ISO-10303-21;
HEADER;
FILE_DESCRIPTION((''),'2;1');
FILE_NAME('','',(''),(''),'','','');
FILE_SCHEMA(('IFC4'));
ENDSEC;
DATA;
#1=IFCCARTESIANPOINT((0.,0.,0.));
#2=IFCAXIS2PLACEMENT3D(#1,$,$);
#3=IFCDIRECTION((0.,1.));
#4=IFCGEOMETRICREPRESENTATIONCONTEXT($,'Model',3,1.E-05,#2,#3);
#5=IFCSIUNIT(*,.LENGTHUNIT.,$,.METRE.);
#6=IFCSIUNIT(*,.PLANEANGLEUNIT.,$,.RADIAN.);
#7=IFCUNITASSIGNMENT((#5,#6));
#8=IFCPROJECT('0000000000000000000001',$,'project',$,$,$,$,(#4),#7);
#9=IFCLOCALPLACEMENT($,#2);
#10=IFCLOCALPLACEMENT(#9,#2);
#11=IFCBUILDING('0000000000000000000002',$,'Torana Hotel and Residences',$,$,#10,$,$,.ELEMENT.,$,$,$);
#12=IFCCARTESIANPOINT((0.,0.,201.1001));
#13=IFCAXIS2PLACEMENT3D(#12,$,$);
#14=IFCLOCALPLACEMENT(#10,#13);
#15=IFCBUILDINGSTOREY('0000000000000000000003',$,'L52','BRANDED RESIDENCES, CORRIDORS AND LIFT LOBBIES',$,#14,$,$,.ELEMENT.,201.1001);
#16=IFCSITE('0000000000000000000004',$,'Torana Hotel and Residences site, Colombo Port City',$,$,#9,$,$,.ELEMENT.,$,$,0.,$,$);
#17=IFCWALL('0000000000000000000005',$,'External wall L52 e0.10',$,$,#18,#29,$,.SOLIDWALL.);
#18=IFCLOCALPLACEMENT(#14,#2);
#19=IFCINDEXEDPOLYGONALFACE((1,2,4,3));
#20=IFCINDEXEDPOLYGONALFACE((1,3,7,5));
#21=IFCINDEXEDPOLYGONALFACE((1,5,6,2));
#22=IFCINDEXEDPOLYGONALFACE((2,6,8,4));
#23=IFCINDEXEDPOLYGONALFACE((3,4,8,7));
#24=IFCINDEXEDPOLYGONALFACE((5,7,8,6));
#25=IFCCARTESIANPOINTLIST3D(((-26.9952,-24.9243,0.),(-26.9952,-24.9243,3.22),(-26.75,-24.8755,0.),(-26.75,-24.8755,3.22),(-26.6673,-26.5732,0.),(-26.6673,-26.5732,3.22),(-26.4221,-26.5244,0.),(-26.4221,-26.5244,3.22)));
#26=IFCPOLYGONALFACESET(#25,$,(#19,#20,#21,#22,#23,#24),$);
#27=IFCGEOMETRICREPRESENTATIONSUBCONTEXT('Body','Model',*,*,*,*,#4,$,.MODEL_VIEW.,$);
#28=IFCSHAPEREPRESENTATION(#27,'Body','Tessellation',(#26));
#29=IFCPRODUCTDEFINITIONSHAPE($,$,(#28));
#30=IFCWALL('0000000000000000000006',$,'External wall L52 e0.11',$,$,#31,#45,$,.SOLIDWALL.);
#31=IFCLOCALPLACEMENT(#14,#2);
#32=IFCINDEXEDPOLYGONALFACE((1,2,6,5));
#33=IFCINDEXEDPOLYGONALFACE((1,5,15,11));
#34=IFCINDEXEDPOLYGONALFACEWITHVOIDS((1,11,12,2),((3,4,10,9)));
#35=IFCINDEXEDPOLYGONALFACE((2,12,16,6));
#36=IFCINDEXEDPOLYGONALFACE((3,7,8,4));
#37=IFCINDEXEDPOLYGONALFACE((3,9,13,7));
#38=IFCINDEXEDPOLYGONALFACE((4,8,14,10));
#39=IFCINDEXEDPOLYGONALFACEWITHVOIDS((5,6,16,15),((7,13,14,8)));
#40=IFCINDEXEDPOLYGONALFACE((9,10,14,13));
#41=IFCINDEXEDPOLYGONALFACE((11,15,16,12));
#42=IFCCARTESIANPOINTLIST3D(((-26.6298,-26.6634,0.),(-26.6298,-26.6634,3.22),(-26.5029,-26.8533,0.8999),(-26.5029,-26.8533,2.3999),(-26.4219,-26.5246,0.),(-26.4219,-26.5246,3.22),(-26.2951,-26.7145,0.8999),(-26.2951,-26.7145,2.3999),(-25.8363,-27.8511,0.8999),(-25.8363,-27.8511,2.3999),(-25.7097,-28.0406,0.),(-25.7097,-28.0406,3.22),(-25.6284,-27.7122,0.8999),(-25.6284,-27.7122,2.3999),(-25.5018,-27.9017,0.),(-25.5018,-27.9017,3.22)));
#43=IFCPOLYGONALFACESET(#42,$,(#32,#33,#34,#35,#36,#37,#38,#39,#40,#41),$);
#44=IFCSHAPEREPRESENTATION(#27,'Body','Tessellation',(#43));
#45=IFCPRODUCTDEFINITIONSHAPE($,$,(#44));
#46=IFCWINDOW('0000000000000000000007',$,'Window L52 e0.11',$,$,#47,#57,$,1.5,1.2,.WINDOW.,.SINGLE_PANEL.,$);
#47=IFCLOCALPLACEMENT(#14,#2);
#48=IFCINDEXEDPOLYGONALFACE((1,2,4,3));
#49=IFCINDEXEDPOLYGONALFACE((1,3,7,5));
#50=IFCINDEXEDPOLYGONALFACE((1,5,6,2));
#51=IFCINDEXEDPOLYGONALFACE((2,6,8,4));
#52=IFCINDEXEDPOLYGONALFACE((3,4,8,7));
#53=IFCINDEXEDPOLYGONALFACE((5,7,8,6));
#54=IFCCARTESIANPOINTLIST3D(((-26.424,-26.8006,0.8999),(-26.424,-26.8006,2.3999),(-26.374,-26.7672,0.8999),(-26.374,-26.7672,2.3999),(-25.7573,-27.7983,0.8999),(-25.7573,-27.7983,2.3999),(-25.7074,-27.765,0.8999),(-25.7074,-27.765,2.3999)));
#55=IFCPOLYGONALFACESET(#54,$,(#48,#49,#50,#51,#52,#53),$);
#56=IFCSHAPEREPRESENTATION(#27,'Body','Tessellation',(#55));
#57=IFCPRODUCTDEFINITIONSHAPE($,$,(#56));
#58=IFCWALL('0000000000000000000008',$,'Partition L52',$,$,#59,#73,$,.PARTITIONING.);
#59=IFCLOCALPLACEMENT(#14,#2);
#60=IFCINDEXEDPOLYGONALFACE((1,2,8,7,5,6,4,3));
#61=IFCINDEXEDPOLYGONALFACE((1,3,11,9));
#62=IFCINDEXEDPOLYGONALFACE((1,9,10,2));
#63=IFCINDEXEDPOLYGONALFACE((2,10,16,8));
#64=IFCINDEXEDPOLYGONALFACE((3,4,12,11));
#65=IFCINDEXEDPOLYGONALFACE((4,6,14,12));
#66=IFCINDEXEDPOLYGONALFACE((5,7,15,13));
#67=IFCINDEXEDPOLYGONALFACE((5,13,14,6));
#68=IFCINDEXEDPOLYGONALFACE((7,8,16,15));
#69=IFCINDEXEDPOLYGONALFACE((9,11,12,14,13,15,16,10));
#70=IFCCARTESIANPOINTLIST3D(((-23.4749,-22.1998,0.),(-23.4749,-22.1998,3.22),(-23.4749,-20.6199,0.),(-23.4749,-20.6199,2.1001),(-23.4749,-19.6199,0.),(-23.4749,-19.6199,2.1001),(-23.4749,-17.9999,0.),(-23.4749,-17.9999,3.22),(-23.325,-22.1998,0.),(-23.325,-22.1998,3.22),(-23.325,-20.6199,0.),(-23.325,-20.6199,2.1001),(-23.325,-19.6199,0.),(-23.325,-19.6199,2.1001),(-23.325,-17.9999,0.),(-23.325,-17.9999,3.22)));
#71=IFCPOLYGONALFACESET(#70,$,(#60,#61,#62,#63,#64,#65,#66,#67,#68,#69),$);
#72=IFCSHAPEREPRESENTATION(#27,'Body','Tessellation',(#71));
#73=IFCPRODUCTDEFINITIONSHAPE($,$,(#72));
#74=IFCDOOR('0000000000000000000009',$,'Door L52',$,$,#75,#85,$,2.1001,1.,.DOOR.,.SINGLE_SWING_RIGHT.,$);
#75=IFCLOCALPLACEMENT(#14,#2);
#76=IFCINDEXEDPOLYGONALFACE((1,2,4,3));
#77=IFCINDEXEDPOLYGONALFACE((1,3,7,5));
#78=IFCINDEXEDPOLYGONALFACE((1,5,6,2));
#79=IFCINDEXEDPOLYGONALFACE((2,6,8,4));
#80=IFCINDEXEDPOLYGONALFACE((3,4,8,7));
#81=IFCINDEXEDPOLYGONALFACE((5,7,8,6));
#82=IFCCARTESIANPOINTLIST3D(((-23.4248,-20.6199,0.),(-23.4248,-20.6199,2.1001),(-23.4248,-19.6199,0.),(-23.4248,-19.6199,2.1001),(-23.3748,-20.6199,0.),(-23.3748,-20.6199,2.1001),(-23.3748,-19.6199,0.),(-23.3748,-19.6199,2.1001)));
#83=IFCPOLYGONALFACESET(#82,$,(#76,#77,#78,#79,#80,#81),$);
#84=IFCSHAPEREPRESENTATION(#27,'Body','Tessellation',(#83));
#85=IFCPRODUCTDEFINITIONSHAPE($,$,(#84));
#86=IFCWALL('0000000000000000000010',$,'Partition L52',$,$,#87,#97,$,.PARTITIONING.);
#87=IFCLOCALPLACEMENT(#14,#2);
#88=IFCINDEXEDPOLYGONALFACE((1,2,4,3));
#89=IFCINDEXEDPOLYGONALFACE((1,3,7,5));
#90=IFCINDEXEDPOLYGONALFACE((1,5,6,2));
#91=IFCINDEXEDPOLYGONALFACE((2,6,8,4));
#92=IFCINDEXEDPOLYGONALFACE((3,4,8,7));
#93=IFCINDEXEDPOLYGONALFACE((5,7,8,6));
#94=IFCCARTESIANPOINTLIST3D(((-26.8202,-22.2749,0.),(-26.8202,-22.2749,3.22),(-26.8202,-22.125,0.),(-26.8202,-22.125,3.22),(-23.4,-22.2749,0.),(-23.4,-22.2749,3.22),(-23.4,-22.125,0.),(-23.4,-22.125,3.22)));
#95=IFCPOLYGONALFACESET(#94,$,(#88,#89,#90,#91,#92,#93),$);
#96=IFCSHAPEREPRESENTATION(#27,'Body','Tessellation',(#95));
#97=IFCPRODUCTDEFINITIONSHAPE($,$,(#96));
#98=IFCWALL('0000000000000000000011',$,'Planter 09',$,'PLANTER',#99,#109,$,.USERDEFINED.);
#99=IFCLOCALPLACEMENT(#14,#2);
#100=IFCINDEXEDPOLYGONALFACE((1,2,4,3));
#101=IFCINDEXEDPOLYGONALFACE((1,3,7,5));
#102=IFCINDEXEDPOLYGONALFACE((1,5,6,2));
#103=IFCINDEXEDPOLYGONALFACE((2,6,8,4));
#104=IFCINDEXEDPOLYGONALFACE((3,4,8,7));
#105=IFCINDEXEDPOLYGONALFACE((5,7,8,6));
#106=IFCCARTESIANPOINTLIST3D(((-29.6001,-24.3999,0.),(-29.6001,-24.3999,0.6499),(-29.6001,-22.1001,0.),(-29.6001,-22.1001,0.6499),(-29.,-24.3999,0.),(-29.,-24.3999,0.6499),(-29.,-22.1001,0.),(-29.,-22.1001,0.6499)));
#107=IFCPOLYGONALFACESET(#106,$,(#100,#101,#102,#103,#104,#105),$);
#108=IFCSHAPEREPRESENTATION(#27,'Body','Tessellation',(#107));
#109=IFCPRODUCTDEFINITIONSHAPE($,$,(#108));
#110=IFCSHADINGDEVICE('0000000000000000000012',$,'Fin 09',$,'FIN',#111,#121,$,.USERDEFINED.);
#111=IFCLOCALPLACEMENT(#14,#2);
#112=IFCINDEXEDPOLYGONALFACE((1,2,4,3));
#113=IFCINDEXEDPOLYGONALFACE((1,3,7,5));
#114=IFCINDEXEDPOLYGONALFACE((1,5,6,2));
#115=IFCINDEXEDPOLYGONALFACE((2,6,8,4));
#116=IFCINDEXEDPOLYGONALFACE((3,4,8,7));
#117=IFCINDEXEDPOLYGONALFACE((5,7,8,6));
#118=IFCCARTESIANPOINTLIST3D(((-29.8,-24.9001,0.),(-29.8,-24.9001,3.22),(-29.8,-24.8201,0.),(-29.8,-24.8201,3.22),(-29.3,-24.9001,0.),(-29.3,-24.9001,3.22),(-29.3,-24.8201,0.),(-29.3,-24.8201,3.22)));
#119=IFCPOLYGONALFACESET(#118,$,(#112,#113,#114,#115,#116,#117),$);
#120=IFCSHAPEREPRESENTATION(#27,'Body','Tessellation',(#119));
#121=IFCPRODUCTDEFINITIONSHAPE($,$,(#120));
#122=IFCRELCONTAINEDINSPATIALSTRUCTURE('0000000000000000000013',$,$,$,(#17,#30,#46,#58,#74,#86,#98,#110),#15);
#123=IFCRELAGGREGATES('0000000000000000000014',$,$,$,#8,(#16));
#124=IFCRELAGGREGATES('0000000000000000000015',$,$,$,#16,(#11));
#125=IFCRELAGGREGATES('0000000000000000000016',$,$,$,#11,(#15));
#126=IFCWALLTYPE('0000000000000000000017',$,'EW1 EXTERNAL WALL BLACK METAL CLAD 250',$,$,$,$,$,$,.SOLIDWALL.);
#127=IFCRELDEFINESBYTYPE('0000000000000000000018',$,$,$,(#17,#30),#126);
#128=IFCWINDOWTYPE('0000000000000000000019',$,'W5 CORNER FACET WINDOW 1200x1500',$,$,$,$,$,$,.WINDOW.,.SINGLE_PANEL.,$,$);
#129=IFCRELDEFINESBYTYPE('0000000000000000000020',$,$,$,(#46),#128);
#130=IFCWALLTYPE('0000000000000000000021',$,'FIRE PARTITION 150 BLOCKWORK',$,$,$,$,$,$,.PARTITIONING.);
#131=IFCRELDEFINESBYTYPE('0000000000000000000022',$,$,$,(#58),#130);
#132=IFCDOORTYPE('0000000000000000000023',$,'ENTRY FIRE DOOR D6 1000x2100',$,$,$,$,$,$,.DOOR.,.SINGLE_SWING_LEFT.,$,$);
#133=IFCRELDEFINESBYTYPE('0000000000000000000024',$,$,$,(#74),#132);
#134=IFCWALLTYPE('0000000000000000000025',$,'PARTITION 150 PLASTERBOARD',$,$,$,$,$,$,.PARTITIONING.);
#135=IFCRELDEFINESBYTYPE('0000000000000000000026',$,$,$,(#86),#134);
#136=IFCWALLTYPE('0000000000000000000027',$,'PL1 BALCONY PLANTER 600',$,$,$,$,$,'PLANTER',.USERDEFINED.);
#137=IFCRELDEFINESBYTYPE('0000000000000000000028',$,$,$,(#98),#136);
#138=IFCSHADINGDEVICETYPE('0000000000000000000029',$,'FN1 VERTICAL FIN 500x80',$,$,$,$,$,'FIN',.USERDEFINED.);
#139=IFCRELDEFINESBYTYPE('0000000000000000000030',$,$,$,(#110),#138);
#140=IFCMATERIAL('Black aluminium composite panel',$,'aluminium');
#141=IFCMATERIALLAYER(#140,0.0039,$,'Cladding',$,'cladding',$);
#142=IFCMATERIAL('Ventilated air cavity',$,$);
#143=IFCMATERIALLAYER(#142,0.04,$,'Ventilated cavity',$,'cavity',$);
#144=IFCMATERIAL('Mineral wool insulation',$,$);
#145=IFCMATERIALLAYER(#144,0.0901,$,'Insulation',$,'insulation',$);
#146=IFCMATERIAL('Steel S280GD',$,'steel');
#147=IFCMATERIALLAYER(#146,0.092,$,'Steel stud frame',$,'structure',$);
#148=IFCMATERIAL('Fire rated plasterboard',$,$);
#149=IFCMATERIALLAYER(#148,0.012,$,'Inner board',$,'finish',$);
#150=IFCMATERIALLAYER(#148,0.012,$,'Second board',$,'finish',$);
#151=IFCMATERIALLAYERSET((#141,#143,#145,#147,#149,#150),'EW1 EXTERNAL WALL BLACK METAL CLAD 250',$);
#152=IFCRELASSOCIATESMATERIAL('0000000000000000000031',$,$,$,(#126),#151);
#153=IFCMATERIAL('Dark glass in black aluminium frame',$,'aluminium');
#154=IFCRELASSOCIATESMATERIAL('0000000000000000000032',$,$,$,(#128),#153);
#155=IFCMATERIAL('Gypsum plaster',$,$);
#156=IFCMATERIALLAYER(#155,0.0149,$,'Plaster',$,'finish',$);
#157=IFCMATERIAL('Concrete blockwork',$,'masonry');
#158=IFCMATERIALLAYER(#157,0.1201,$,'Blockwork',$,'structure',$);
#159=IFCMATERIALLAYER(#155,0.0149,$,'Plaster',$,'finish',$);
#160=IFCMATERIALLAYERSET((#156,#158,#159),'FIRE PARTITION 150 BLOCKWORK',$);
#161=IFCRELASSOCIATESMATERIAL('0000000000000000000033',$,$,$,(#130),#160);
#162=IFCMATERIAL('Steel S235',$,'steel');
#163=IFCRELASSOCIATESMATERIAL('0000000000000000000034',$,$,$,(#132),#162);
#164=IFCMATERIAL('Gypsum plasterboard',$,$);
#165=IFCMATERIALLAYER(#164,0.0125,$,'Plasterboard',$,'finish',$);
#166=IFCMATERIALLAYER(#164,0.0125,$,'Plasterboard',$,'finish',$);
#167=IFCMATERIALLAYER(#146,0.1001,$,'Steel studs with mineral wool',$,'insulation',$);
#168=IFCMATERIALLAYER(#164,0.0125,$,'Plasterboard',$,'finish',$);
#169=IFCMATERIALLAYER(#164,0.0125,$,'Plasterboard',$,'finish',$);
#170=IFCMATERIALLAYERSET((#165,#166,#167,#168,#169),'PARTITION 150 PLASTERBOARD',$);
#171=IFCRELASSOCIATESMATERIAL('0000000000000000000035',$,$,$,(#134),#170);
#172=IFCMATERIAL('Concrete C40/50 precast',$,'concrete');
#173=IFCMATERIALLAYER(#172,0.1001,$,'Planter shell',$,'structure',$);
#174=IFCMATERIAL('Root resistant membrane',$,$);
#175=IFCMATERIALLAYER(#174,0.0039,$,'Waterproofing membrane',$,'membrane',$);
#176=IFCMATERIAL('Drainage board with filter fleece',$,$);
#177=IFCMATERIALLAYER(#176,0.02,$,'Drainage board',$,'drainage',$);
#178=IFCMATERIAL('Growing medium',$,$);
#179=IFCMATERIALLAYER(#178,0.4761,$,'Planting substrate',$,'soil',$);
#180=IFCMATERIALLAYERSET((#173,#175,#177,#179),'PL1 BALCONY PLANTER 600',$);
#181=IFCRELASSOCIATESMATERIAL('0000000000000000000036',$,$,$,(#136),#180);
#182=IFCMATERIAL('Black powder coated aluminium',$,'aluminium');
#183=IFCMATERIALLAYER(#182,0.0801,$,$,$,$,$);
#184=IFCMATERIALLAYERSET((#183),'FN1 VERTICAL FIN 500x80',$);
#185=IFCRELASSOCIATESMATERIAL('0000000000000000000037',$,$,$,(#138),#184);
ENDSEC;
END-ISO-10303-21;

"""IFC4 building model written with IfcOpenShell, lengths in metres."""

from ifc_helpers import new_model, si_unit, direction, frame, frame_2d, origin, origin_2d, place, context, subcontext, project, spatial, rectangle, extrude, material, layer, layer_set, type_object, element, fill, save


model = new_model("IFC4")

# Units and contexts
model_context = context("Model", 3, precision=1e-05, world=origin(), true_north=direction((0.0, 1.0)))
body_context = subcontext(model_context, "Body", "Model", "MODEL_VIEW")
ifc_project = project(units=[si_unit("LENGTHUNIT", "METRE"), si_unit("PLANEANGLEUNIT", "RADIAN")], contexts=[model_context])

# Site, building, storey
site_placement = place(None, origin())
site = spatial("IfcSite", under=ifc_project, at=site_placement, Name="Torana Hotel and Residences site, Colombo Port City", CompositionType="ELEMENT", RefElevation=0.0)
building_placement = place(site_placement, origin())
building = spatial("IfcBuilding", under=site, at=building_placement, Name="Torana Hotel and Residences", CompositionType="ELEMENT")
storey_placement = place(building_placement, frame((0.0, 0.0, 201.1001)))
storey = spatial("IfcBuildingStorey", under=building, at=storey_placement, Name="L52", Description="BRANDED RESIDENCES, CORRIDORS AND LIFT LOBBIES", CompositionType="ELEMENT", Elevation=201.1001)

# Wall
ifc_material_1 = material(Name="Black aluminium composite panel", Category="aluminium")
ifc_layer_1 = layer(ifc_material_1, 0.0039, Name="Cladding", Category="cladding")
ifc_material_2 = material(Name="Ventilated air cavity")
ifc_layer_2 = layer(ifc_material_2, 0.04, Name="Ventilated cavity", Category="cavity")
ifc_material_3 = material(Name="Mineral wool insulation")
ifc_layer_3 = layer(ifc_material_3, 0.0901, Name="Insulation", Category="insulation")
ifc_material_4 = material(Name="Steel S280GD", Category="steel")
ifc_layer_4 = layer(ifc_material_4, 0.092, Name="Steel stud frame", Category="structure")
ifc_material_5 = material(Name="Fire rated plasterboard")
ifc_layer_5 = layer(ifc_material_5, 0.012, Name="Inner board", Category="finish")
ifc_layer_6 = layer(ifc_material_5, 0.012, Name="Second board", Category="finish")
ifc_layer_set_1 = layer_set([ifc_layer_1, ifc_layer_2, ifc_layer_3, ifc_layer_4, ifc_layer_5, ifc_layer_6], Name="EW1 EXTERNAL WALL BLACK METAL CLAD 250")
wall_type_1 = type_object("IfcWallType", Name="EW1 EXTERNAL WALL BLACK METAL CLAD 250", PredefinedType="SOLIDWALL", material=ifc_layer_set_1)
wall_1_placement = place(storey_placement, frame((-26.8726, -24.8999, 0.0), z_axis=(0.0, 0.0, 1.0), x_axis=(0.195027, -0.980798, 0.0)))
element("IfcWall", 1, at=wall_1_placement, inside=storey, type_object=wall_type_1, Name="External wall L52 e0.10", PredefinedType="SOLIDWALL", context=body_context, shape_type="SweptSolid", body=[
    extrude(rectangle(XDim=1.6812, YDim=0.25, at=frame_2d((0.8406, 0.0))), origin(), (0.0, 0.0, 1.0), 3.22),
])

# Wall, opening, window
wall_2_placement = place(storey_placement, frame((-26.5259, -26.594, 0.0), z_axis=(0.0, 0.0, 1.0), x_axis=(0.55555, -0.831483, 0.0)))
wall_2 = element("IfcWall", 2, at=wall_2_placement, inside=storey, type_object=wall_type_1, Name="External wall L52 e0.11", PredefinedType="SOLIDWALL", context=body_context, shape_type="SweptSolid", body=[
    extrude(rectangle(XDim=1.6562, YDim=0.25, at=frame_2d((0.8281, 0.0))), origin(), (0.0, 0.0, 1.0), 3.22),
])
opening_1_placement = place(wall_2_placement, frame((0.2283, 0.0, 0.8999)))
opening_1 = element("IfcOpeningElement", 3, at=opening_1_placement, cuts=wall_2, PredefinedType="OPENING", context=body_context, shape_type="SweptSolid", body=[
    extrude(rectangle(XDim=1.2, YDim=1.5, at=frame_2d((0.6001, 0.75))), frame((0.0, 0.135, 0.0), z_axis=(0.0, -1.0, 0.0), x_axis=(1.0, 0.0, 0.0)), (0.0, 0.0, 1.0), 0.27),
])
ifc_material_6 = material(Name="Dark glass in black aluminium frame", Category="aluminium")
window_type = type_object("IfcWindowType", Name="W5 CORNER FACET WINDOW 1200x1500", PartitioningType="SINGLE_PANEL", PredefinedType="WINDOW", material=ifc_material_6)
window_placement = place(opening_1_placement, origin())
window = element("IfcWindow", 4, at=window_placement, inside=storey, type_object=window_type, Name="Window L52 e0.11", OverallHeight=1.5, OverallWidth=1.2, PartitioningType="SINGLE_PANEL", PredefinedType="WINDOW", context=body_context, shape_type="SweptSolid", body=[
    extrude(rectangle(XDim=1.2, YDim=1.5, at=frame_2d((0.6001, 0.75))), frame((0.0, 0.03, 0.0), z_axis=(0.0, -1.0, 0.0), x_axis=(1.0, 0.0, 0.0)), (0.0, 0.0, 1.0), 0.0601),
])
fill(opening_1, window)

# Wall, opening, door
ifc_material_7 = material(Name="Gypsum plaster")
ifc_layer_7 = layer(ifc_material_7, 0.0149, Name="Plaster", Category="finish")
ifc_material_8 = material(Name="Concrete blockwork", Category="masonry")
ifc_layer_8 = layer(ifc_material_8, 0.1201, Name="Blockwork", Category="structure")
ifc_layer_9 = layer(ifc_material_7, 0.0149, Name="Plaster", Category="finish")
ifc_layer_set_2 = layer_set([ifc_layer_7, ifc_layer_8, ifc_layer_9], Name="FIRE PARTITION 150 BLOCKWORK")
wall_type_2 = type_object("IfcWallType", Name="FIRE PARTITION 150 BLOCKWORK", PredefinedType="PARTITIONING", material=ifc_layer_set_2)
wall_3_placement = place(storey_placement, frame((-23.3999, -22.2, 0.0), z_axis=(0.0, 0.0, 1.0), x_axis=(0.0, 1.0, 0.0)))
wall_3 = element("IfcWall", 5, at=wall_3_placement, inside=storey, type_object=wall_type_2, Name="Partition L52", PredefinedType="PARTITIONING", context=body_context, shape_type="SweptSolid", body=[
    extrude(rectangle(XDim=4.2, YDim=0.1499, at=frame_2d((2.1001, 0.0))), origin(), (0.0, 0.0, 1.0), 3.22),
])
opening_2_placement = place(wall_3_placement, frame((1.5801, 0.0, 0.0)))
opening_2 = element("IfcOpeningElement", 6, at=opening_2_placement, cuts=wall_3, PredefinedType="OPENING", context=body_context, shape_type="SweptSolid", body=[
    extrude(rectangle(XDim=1.0, YDim=2.1001, at=frame_2d((0.5, 1.05))), frame((0.0, 0.085, 0.0), z_axis=(0.0, -1.0, 0.0), x_axis=(1.0, 0.0, 0.0)), (0.0, 0.0, 1.0), 0.1699),
])
ifc_material_9 = material(Name="Steel S235", Category="steel")
door_type = type_object("IfcDoorType", Name="ENTRY FIRE DOOR D6 1000x2100", OperationType="SINGLE_SWING_LEFT", PredefinedType="DOOR", material=ifc_material_9)
door_placement = place(opening_2_placement, origin())
door = element("IfcDoor", 7, at=door_placement, inside=storey, type_object=door_type, Name="Door L52", OperationType="SINGLE_SWING_RIGHT", OverallHeight=2.1001, OverallWidth=1.0, PredefinedType="DOOR", context=body_context, shape_type="SweptSolid", body=[
    extrude(rectangle(XDim=1.0, YDim=2.1001, at=frame_2d((0.5, 1.05))), frame((0.0, 0.0249, 0.0), z_axis=(0.0, -1.0, 0.0), x_axis=(1.0, 0.0, 0.0)), (0.0, 0.0, 1.0), 0.05),
])
fill(opening_2, door)

# Walls
ifc_material_10 = material(Name="Gypsum plasterboard")
ifc_layer_10 = layer(ifc_material_10, 0.0125, Name="Plasterboard", Category="finish")
ifc_layer_11 = layer(ifc_material_10, 0.0125, Name="Plasterboard", Category="finish")
ifc_layer_12 = layer(ifc_material_4, 0.1001, Name="Steel studs with mineral wool", Category="insulation")
ifc_layer_13 = layer(ifc_material_10, 0.0125, Name="Plasterboard", Category="finish")
ifc_layer_14 = layer(ifc_material_10, 0.0125, Name="Plasterboard", Category="finish")
ifc_layer_set_3 = layer_set([ifc_layer_10, ifc_layer_11, ifc_layer_12, ifc_layer_13, ifc_layer_14], Name="PARTITION 150 PLASTERBOARD")
wall_type_3 = type_object("IfcWallType", Name="PARTITION 150 PLASTERBOARD", PredefinedType="PARTITIONING", material=ifc_layer_set_3)
wall_4_placement = place(storey_placement, frame((-26.8201, -22.2, 0.0), z_axis=(0.0, 0.0, 1.0), x_axis=(1.0, 0.0, 0.0)))
element("IfcWall", 8, at=wall_4_placement, inside=storey, type_object=wall_type_3, Name="Partition L52", PredefinedType="PARTITIONING", context=body_context, shape_type="SweptSolid", body=[
    extrude(rectangle(XDim=3.4202, YDim=0.1499, at=frame_2d((1.71, 0.0))), origin(), (0.0, 0.0, 1.0), 3.22),
])
ifc_material_11 = material(Name="Concrete C40/50 precast", Category="concrete")
ifc_layer_15 = layer(ifc_material_11, 0.1001, Name="Planter shell", Category="structure")
ifc_material_12 = material(Name="Root resistant membrane")
ifc_layer_16 = layer(ifc_material_12, 0.0039, Name="Waterproofing membrane", Category="membrane")
ifc_material_13 = material(Name="Drainage board with filter fleece")
ifc_layer_17 = layer(ifc_material_13, 0.02, Name="Drainage board", Category="drainage")
ifc_material_14 = material(Name="Growing medium")
ifc_layer_18 = layer(ifc_material_14, 0.4761, Name="Planting substrate", Category="soil")
ifc_layer_set_4 = layer_set([ifc_layer_15, ifc_layer_16, ifc_layer_17, ifc_layer_18], Name="PL1 BALCONY PLANTER 600")
wall_type_4 = type_object("IfcWallType", Name="PL1 BALCONY PLANTER 600", ElementType="PLANTER", PredefinedType="USERDEFINED", material=ifc_layer_set_4)
wall_5_placement = place(storey_placement, frame((-29.3, -24.3999, 0.0), z_axis=(0.0, 0.0, 1.0), x_axis=(0.0, 1.0, 0.0)))
element("IfcWall", 9, at=wall_5_placement, inside=storey, type_object=wall_type_4, Name="Planter 09", ObjectType="PLANTER", PredefinedType="USERDEFINED", context=body_context, shape_type="SweptSolid", body=[
    extrude(rectangle(XDim=2.2998, YDim=0.6001, at=frame_2d((1.1499, 0.0))), origin(), (0.0, 0.0, 1.0), 0.6499),
])

# Shading device
ifc_material_15 = material(Name="Black powder coated aluminium", Category="aluminium")
ifc_layer_19 = layer(ifc_material_15, 0.0801)
ifc_layer_set_5 = layer_set([ifc_layer_19], Name="FN1 VERTICAL FIN 500x80")
shading_device_type = type_object("IfcShadingDeviceType", Name="FN1 VERTICAL FIN 500x80", ElementType="FIN", PredefinedType="USERDEFINED", material=ifc_layer_set_5)
shading_device_placement = place(storey_placement, frame((-29.55, -24.8601, 0.0), z_axis=(0.0, 0.0, 1.0), x_axis=(0.0, 1.0, 0.0)))
element("IfcShadingDevice", 10, at=shading_device_placement, inside=storey, type_object=shading_device_type, Name="Fin 09", ObjectType="FIN", PredefinedType="USERDEFINED", context=body_context, shape_type="SweptSolid", body=[
    extrude(rectangle(XDim=0.0801, YDim=0.5, at=origin_2d()), origin(), (0.0, 0.0, 1.0), 3.22),
])

save(model, "model.ifc")
